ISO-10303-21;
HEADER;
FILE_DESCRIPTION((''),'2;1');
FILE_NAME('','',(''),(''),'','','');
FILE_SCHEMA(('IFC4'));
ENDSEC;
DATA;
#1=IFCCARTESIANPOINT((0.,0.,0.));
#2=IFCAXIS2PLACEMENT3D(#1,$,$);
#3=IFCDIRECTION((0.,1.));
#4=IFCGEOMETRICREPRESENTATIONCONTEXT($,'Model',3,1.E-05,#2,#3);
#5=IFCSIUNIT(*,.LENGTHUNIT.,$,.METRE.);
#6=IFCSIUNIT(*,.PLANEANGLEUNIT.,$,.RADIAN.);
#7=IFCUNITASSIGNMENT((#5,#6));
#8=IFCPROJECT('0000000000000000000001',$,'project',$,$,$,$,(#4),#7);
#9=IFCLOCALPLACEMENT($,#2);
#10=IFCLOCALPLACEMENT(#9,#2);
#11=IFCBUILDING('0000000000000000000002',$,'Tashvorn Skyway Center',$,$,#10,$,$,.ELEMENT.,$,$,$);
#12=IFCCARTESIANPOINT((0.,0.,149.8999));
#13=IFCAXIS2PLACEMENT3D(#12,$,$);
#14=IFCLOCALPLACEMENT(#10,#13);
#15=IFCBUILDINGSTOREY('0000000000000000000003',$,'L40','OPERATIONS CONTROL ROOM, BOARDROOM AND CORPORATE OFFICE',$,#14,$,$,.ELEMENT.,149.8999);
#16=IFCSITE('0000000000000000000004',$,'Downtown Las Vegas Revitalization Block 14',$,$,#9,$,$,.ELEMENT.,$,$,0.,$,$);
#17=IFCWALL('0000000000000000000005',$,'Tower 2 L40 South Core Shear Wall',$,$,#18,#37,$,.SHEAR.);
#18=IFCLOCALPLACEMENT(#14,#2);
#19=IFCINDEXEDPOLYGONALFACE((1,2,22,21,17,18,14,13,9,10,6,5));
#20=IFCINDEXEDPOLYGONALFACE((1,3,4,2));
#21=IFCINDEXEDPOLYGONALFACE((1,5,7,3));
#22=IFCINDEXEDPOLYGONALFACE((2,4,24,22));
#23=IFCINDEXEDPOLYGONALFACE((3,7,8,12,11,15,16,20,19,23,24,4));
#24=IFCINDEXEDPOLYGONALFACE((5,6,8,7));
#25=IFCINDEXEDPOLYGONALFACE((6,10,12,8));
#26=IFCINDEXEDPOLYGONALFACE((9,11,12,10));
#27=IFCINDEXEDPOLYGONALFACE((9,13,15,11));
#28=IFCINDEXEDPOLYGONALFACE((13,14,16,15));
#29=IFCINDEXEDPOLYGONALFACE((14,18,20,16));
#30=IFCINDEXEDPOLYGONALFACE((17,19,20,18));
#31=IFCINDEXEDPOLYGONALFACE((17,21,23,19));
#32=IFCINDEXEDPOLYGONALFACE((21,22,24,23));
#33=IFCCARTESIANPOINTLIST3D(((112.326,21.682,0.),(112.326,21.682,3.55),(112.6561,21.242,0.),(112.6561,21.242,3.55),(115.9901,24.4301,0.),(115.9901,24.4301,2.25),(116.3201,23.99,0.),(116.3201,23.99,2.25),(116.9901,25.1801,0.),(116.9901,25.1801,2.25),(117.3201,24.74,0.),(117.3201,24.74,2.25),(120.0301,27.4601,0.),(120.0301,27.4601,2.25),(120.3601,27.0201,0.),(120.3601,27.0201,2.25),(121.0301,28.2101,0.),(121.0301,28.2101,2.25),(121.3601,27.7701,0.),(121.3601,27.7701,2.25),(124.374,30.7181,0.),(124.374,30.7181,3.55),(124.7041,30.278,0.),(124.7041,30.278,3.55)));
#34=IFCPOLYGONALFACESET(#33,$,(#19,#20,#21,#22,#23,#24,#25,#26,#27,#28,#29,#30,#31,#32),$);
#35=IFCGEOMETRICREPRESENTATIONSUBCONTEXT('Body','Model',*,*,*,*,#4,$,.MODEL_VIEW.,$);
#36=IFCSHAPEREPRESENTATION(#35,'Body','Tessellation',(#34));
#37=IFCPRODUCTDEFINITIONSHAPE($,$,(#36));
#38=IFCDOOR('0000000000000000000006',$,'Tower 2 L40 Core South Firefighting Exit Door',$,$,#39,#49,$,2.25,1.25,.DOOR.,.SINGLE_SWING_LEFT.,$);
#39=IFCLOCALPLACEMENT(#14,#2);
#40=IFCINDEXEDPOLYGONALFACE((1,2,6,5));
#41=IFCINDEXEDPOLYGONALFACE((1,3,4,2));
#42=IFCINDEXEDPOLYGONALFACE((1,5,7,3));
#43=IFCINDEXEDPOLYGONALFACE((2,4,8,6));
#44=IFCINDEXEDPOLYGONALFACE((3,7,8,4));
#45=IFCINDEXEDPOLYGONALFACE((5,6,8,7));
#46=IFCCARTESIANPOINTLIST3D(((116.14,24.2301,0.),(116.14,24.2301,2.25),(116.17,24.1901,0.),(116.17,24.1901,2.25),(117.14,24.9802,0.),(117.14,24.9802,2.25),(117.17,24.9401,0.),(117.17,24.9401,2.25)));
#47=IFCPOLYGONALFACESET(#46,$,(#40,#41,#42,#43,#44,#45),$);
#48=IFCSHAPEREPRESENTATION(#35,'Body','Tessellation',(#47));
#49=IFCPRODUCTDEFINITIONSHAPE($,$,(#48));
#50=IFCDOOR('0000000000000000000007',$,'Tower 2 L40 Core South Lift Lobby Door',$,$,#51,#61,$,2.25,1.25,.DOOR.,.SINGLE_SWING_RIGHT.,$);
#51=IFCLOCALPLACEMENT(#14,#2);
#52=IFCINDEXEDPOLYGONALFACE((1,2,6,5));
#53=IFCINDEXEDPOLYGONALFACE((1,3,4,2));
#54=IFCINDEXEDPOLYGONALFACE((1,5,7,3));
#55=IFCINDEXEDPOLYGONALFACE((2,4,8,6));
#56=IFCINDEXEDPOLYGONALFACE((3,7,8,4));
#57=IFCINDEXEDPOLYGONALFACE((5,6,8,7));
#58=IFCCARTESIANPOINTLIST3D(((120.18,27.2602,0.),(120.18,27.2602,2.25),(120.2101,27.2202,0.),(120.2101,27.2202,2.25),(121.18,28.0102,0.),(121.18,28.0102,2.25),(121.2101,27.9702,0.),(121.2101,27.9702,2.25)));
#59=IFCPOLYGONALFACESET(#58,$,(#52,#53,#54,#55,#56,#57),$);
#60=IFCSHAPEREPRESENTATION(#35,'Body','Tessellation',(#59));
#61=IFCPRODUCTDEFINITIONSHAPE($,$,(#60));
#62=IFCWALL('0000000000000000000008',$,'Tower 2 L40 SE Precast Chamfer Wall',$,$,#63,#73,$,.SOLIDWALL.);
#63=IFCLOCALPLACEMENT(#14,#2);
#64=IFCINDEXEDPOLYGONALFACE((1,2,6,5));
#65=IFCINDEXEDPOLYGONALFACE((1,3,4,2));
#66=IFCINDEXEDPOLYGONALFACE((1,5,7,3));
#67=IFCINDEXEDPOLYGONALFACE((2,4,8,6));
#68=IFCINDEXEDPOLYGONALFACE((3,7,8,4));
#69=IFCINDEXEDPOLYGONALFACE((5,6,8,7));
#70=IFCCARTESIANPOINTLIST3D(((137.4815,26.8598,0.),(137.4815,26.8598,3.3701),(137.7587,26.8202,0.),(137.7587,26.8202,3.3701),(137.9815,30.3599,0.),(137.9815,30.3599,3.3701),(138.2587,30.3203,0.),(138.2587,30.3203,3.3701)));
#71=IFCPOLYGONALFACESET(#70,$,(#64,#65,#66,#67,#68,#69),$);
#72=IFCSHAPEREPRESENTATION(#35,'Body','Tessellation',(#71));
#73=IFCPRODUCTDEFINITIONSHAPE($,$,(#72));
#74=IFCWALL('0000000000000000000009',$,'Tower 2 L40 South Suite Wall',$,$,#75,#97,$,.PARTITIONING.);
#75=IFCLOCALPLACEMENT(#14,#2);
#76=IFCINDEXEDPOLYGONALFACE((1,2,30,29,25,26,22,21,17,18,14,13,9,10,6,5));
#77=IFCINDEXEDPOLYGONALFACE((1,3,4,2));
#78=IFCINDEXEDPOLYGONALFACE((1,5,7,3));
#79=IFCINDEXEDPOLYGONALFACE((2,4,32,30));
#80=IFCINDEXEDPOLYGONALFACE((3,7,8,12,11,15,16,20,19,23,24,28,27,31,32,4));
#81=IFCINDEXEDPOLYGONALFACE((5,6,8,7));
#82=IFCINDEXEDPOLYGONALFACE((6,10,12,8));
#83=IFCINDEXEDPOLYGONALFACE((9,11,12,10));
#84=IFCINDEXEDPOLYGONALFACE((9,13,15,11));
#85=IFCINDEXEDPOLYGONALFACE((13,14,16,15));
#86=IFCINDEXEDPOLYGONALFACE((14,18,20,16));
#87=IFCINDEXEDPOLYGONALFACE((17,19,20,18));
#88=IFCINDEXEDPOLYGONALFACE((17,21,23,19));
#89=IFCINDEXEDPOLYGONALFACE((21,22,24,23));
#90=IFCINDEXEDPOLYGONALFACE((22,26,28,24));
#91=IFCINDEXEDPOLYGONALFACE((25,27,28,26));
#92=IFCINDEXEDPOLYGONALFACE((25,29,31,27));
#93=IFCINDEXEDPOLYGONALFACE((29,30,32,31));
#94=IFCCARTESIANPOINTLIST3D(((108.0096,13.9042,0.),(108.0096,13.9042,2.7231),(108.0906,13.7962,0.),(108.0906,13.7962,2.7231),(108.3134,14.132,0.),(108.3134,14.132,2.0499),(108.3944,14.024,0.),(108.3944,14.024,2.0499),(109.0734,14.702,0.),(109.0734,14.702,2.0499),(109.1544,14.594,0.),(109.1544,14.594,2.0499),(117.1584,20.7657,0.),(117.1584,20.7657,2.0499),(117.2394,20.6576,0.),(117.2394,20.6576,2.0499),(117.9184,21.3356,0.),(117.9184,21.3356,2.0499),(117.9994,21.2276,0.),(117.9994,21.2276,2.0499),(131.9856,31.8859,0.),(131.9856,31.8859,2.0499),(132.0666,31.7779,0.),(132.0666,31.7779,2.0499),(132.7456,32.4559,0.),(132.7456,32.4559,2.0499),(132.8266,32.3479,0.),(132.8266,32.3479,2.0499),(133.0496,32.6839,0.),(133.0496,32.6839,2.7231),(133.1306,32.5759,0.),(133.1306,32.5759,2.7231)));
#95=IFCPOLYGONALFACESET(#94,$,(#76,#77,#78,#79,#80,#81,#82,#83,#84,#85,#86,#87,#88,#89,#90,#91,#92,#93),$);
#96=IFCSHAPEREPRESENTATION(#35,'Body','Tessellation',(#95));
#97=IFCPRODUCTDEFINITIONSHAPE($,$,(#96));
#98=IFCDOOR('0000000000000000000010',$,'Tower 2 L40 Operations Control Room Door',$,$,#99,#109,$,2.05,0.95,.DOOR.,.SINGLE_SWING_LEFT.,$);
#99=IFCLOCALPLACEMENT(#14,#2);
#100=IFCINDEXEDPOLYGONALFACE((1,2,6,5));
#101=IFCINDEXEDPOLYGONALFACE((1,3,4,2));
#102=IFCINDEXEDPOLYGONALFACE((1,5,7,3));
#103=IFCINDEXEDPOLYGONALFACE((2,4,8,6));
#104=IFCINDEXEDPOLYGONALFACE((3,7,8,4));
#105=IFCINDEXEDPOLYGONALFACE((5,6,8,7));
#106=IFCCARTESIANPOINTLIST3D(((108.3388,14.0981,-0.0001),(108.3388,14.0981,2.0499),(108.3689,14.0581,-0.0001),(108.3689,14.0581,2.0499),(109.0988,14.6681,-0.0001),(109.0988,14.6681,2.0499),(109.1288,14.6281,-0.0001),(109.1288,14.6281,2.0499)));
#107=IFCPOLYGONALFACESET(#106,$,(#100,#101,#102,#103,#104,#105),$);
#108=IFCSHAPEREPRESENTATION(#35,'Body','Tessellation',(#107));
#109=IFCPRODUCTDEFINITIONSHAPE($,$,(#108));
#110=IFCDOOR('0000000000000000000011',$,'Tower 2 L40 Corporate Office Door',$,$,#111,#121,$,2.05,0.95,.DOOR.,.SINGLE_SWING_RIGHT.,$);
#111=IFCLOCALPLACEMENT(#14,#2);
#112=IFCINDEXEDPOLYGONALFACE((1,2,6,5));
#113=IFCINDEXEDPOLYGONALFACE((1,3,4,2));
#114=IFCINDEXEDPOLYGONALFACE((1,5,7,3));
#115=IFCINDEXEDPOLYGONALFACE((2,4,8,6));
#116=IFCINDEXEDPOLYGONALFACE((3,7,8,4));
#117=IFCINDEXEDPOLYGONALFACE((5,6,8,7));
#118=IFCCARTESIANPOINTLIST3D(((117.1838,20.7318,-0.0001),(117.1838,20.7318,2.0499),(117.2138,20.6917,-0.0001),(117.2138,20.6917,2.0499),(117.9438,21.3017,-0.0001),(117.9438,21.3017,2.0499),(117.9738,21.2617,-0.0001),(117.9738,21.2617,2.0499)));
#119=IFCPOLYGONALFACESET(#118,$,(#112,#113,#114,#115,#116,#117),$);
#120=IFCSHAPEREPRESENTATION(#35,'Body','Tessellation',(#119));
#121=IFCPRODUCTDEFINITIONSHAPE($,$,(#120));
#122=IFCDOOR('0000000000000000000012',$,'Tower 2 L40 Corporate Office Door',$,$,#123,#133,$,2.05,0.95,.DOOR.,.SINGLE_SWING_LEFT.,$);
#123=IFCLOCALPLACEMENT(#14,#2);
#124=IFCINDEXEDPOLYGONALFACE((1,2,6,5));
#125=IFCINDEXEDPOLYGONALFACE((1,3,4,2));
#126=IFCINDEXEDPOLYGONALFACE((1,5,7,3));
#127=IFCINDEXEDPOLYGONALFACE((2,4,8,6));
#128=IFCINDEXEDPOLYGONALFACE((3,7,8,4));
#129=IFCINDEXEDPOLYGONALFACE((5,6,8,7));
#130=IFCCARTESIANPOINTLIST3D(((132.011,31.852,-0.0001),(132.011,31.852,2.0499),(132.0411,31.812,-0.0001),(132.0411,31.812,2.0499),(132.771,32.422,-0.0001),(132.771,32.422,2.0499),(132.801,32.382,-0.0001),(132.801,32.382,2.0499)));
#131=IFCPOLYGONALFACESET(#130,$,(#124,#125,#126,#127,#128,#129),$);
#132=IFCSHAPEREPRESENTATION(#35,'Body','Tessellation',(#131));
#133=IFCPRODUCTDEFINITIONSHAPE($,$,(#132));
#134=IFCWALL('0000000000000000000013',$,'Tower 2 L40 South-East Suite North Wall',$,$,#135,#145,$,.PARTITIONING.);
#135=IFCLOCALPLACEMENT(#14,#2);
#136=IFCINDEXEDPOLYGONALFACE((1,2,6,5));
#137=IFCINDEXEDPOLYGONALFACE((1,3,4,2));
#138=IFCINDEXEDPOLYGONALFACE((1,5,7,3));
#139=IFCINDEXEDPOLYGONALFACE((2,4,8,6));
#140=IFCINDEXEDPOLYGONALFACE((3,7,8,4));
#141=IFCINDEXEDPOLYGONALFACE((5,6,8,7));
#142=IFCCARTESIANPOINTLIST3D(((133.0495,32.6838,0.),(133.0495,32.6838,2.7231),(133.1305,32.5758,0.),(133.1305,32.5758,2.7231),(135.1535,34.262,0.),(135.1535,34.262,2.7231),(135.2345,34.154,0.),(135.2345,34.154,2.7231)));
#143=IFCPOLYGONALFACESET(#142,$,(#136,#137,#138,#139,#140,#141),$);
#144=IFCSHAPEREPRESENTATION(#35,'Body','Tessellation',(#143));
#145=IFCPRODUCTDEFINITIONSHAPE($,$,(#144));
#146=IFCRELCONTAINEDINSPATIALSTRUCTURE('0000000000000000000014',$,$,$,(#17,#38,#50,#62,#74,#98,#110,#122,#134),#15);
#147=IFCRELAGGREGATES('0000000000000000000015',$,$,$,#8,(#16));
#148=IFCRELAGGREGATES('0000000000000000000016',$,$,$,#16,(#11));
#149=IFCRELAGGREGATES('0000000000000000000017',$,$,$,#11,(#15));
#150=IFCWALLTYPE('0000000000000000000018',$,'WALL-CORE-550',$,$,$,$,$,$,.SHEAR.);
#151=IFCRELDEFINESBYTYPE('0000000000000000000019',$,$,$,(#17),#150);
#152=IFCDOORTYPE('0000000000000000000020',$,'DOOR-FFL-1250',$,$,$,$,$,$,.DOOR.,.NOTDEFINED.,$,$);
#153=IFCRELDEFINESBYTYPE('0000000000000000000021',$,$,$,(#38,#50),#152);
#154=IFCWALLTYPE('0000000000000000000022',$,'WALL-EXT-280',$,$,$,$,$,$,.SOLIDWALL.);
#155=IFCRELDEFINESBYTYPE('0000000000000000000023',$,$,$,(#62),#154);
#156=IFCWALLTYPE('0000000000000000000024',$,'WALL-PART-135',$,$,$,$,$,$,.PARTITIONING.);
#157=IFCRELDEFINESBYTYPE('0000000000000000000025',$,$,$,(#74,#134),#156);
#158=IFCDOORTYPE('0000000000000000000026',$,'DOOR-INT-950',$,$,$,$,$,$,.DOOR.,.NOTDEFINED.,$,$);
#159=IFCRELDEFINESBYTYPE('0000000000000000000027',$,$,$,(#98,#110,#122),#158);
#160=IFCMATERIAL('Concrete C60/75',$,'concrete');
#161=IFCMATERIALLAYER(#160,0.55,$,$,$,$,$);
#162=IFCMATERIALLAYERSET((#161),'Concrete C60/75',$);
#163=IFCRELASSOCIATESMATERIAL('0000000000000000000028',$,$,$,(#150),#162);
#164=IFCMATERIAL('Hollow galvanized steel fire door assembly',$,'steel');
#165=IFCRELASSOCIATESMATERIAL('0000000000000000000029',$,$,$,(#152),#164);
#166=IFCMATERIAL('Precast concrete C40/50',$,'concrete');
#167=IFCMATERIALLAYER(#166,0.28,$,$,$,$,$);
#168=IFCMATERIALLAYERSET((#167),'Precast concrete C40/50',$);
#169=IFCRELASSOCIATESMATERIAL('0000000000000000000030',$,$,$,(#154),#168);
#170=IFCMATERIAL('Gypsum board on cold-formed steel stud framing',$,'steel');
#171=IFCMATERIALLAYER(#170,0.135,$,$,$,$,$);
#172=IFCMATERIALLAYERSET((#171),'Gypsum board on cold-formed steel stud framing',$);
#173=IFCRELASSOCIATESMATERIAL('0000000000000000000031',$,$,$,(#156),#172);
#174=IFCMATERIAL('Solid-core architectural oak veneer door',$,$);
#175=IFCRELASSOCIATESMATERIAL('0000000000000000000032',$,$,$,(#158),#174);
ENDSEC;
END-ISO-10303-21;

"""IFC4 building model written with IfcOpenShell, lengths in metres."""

from ifc_helpers import new_model, si_unit, direction, frame, frame_2d, origin, place, context, subcontext, project, spatial, rectangle, extrude, material, layer, layer_set, type_object, element, fill, save


model = new_model("IFC4")

# Units and contexts
model_context = context("Model", 3, precision=1e-05, world=origin(), true_north=direction((0.0, 1.0)))
body_context = subcontext(model_context, "Body", "Model", "MODEL_VIEW")
ifc_project = project(units=[si_unit("LENGTHUNIT", "METRE"), si_unit("PLANEANGLEUNIT", "RADIAN")], contexts=[model_context])

# Site, building, storey
site_placement = place(None, origin())
site = spatial("IfcSite", under=ifc_project, at=site_placement, Name="Downtown Las Vegas Revitalization Block 14", CompositionType="ELEMENT", RefElevation=0.0)
building_placement = place(site_placement, origin())
building = spatial("IfcBuilding", under=site, at=building_placement, Name="Tashvorn Skyway Center", CompositionType="ELEMENT")
storey_placement = place(building_placement, frame((0.0, 0.0, 149.8999)))
storey = spatial("IfcBuildingStorey", under=building, at=storey_placement, Name="L40", Description="OPERATIONS CONTROL ROOM, BOARDROOM AND CORPORATE OFFICE", CompositionType="ELEMENT", Elevation=149.8999)

# Wall, openings, doors
ifc_material_1 = material(Name="Concrete C60/75", Category="concrete")
ifc_layer_1 = layer(ifc_material_1, 0.55)
ifc_layer_set_1 = layer_set([ifc_layer_1], Name="Concrete C60/75")
wall_type_1 = type_object("IfcWallType", Name="WALL-CORE-550", PredefinedType="SHEAR", material=ifc_layer_set_1)
wall_1_placement = place(storey_placement, frame((124.5391, 30.498, 0.0), z_axis=(0.0, 0.0, 1.0), x_axis=(-0.799998, -0.600003, 0.0)))
wall_1 = element("IfcWall", 1, at=wall_1_placement, inside=storey, type_object=wall_type_1, Name="Tower 2 L40 South Core Shear Wall", PredefinedType="SHEAR", context=body_context, shape_type="SweptSolid", body=[
    extrude(rectangle(XDim=15.0601, YDim=0.55, at=frame_2d((7.53, 0.0))), origin(), (0.0, 0.0, 1.0), 3.55),
])
opening_1_placement = place(wall_1_placement, frame((9.23, 0.0, 0.0)))
opening_1 = element("IfcOpeningElement", 2, at=opening_1_placement, cuts=wall_1, PredefinedType="OPENING", context=body_context, shape_type="SweptSolid", body=[
    extrude(rectangle(XDim=1.25, YDim=2.25, at=frame_2d((0.625, 1.125))), frame((0.0, 0.2849, 0.0), z_axis=(0.0, -1.0, 0.0), x_axis=(1.0, 0.0, 0.0)), (0.0, 0.0, 1.0), 0.5701),
])
opening_2_placement = place(wall_1_placement, frame((4.1799, 0.0, 0.0)))
opening_2 = element("IfcOpeningElement", 3, at=opening_2_placement, cuts=wall_1, PredefinedType="OPENING", context=body_context, shape_type="SweptSolid", body=[
    extrude(rectangle(XDim=1.25, YDim=2.25, at=frame_2d((0.625, 1.125))), frame((0.0, 0.2849, 0.0), z_axis=(0.0, -1.0, 0.0), x_axis=(1.0, 0.0, 0.0)), (0.0, 0.0, 1.0), 0.5701),
])
ifc_material_2 = material(Name="Hollow galvanized steel fire door assembly", Category="steel")
door_type_1 = type_object("IfcDoorType", Name="DOOR-FFL-1250", OperationType="NOTDEFINED", PredefinedType="DOOR", material=ifc_material_2)
door_1_placement = place(opening_1_placement, origin())
door_1 = element("IfcDoor", 4, at=door_1_placement, inside=storey, type_object=door_type_1, Name="Tower 2 L40 Core South Firefighting Exit Door", OperationType="SINGLE_SWING_LEFT", OverallHeight=2.25, OverallWidth=1.25, PredefinedType="DOOR", context=body_context, shape_type="SweptSolid", body=[
    extrude(rectangle(XDim=1.25, YDim=2.25, at=frame_2d((0.625, 1.125))), frame((0.0, 0.0249, 0.0), z_axis=(0.0, -1.0, 0.0), x_axis=(1.0, 0.0, 0.0)), (0.0, 0.0, 1.0), 0.05),
])
fill(opening_1, door_1)
door_2_placement = place(opening_2_placement, origin())
door_2 = element("IfcDoor", 5, at=door_2_placement, inside=storey, type_object=door_type_1, Name="Tower 2 L40 Core South Lift Lobby Door", OperationType="SINGLE_SWING_RIGHT", OverallHeight=2.25, OverallWidth=1.25, PredefinedType="DOOR", context=body_context, shape_type="SweptSolid", body=[
    extrude(rectangle(XDim=1.25, YDim=2.25, at=frame_2d((0.625, 1.125))), frame((0.0, 0.0249, 0.0), z_axis=(0.0, -1.0, 0.0), x_axis=(1.0, 0.0, 0.0)), (0.0, 0.0, 1.0), 0.05),
])
fill(opening_2, door_2)

# Wall
ifc_material_3 = material(Name="Precast concrete C40/50", Category="concrete")
ifc_layer_2 = layer(ifc_material_3, 0.28)
ifc_layer_set_2 = layer_set([ifc_layer_2], Name="Precast concrete C40/50")
wall_type_2 = type_object("IfcWallType", Name="WALL-EXT-280", PredefinedType="SOLIDWALL", material=ifc_layer_set_2)
wall_2_placement = place(storey_placement, frame((138.1201, 30.3401, 0.0), z_axis=(0.0, 0.0, 1.0), x_axis=(-0.141421, -0.989949, 0.0)))
element("IfcWall", 6, at=wall_2_placement, inside=storey, type_object=wall_type_2, Name="Tower 2 L40 SE Precast Chamfer Wall", PredefinedType="SOLIDWALL", context=body_context, shape_type="SweptSolid", body=[
    extrude(rectangle(XDim=3.5356, YDim=0.28, at=frame_2d((1.7678, 0.0))), origin(), (0.0, 0.0, 1.0), 3.3701),
])

# Wall, openings, doors
ifc_material_4 = material(Name="Gypsum board on cold-formed steel stud framing", Category="steel")
ifc_layer_3 = layer(ifc_material_4, 0.135)
ifc_layer_set_3 = layer_set([ifc_layer_3], Name="Gypsum board on cold-formed steel stud framing")
wall_type_3 = type_object("IfcWallType", Name="WALL-PART-135", PredefinedType="PARTITIONING", material=ifc_layer_set_3)
wall_3_placement = place(storey_placement, frame((133.0901, 32.6299, 0.0), z_axis=(0.0, 0.0, 1.0), x_axis=(-0.800004, -0.599995, 0.0)))
wall_3 = element("IfcWall", 7, at=wall_3_placement, inside=storey, type_object=wall_type_3, Name="Tower 2 L40 South Suite Wall", PredefinedType="PARTITIONING", context=body_context, shape_type="SweptSolid", body=[
    extrude(rectangle(XDim=31.2998, YDim=0.135, at=frame_2d((15.6499, 0.0))), origin(), (0.0, 0.0, 1.0), 2.7231),
])
opening_3_placement = place(wall_3_placement, frame((29.97, 0.0, 0.0)))
opening_3 = element("IfcOpeningElement", 8, at=opening_3_placement, cuts=wall_3, PredefinedType="OPENING", context=body_context, shape_type="SweptSolid", body=[
    extrude(rectangle(XDim=0.95, YDim=2.05, at=frame_2d((0.4751, 1.0249))), frame((0.0, 0.0774, 0.0), z_axis=(0.0, -1.0, 0.0), x_axis=(1.0, 0.0, 0.0)), (0.0, 0.0, 1.0), 0.155),
])
opening_4_placement = place(wall_3_placement, frame((18.9138, 0.0, 0.0)))
opening_4 = element("IfcOpeningElement", 9, at=opening_4_placement, cuts=wall_3, PredefinedType="OPENING", context=body_context, shape_type="SweptSolid", body=[
    extrude(rectangle(XDim=0.95, YDim=2.05, at=frame_2d((0.4751, 1.0249))), frame((0.0, 0.0774, 0.0), z_axis=(0.0, -1.0, 0.0), x_axis=(1.0, 0.0, 0.0)), (0.0, 0.0, 1.0), 0.155),
])
opening_5_placement = place(wall_3_placement, frame((0.3799, 0.0, 0.0)))
opening_5 = element("IfcOpeningElement", 10, at=opening_5_placement, cuts=wall_3, PredefinedType="OPENING", context=body_context, shape_type="SweptSolid", body=[
    extrude(rectangle(XDim=0.95, YDim=2.05, at=frame_2d((0.4751, 1.0249))), frame((0.0, 0.0774, 0.0), z_axis=(0.0, -1.0, 0.0), x_axis=(1.0, 0.0, 0.0)), (0.0, 0.0, 1.0), 0.155),
])
ifc_material_5 = material(Name="Solid-core architectural oak veneer door")
door_type_2 = type_object("IfcDoorType", Name="DOOR-INT-950", OperationType="NOTDEFINED", PredefinedType="DOOR", material=ifc_material_5)
door_3_placement = place(opening_3_placement, origin())
door_3 = element("IfcDoor", 11, at=door_3_placement, inside=storey, type_object=door_type_2, Name="Tower 2 L40 Operations Control Room Door", OperationType="SINGLE_SWING_LEFT", OverallHeight=2.05, OverallWidth=0.95, PredefinedType="DOOR", context=body_context, shape_type="SweptSolid", body=[
    extrude(rectangle(XDim=0.95, YDim=2.05, at=frame_2d((0.4751, 1.0249))), frame((0.0, 0.0249, 0.0), z_axis=(0.0, -1.0, 0.0), x_axis=(1.0, 0.0, 0.0)), (0.0, 0.0, 1.0), 0.05),
])
fill(opening_3, door_3)
door_4_placement = place(opening_4_placement, origin())
door_4 = element("IfcDoor", 12, at=door_4_placement, inside=storey, type_object=door_type_2, Name="Tower 2 L40 Corporate Office Door", OperationType="SINGLE_SWING_RIGHT", OverallHeight=2.05, OverallWidth=0.95, PredefinedType="DOOR", context=body_context, shape_type="SweptSolid", body=[
    extrude(rectangle(XDim=0.95, YDim=2.05, at=frame_2d((0.4751, 1.0249))), frame((0.0, 0.0249, 0.0), z_axis=(0.0, -1.0, 0.0), x_axis=(1.0, 0.0, 0.0)), (0.0, 0.0, 1.0), 0.05),
])
fill(opening_4, door_4)
door_5_placement = place(opening_5_placement, origin())
door_5 = element("IfcDoor", 13, at=door_5_placement, inside=storey, type_object=door_type_2, Name="Tower 2 L40 Corporate Office Door", OperationType="SINGLE_SWING_LEFT", OverallHeight=2.05, OverallWidth=0.95, PredefinedType="DOOR", context=body_context, shape_type="SweptSolid", body=[
    extrude(rectangle(XDim=0.95, YDim=2.05, at=frame_2d((0.4751, 1.0249))), frame((0.0, 0.0249, 0.0), z_axis=(0.0, -1.0, 0.0), x_axis=(1.0, 0.0, 0.0)), (0.0, 0.0, 1.0), 0.05),
])
fill(opening_5, door_5)

# Wall
wall_4_placement = place(storey_placement, frame((133.0901, 32.6299, 0.0), z_axis=(0.0, 0.0, 1.0), x_axis=(0.799978, 0.60003, 0.0)))
element("IfcWall", 14, at=wall_4_placement, inside=storey, type_object=wall_type_3, Name="Tower 2 L40 South-East Suite North Wall", PredefinedType="PARTITIONING", context=body_context, shape_type="SweptSolid", body=[
    extrude(rectangle(XDim=2.6301, YDim=0.135, at=frame_2d((1.3149, 0.0))), origin(), (0.0, 0.0, 1.0), 2.7231),
])

save(model, "model.ifc")
